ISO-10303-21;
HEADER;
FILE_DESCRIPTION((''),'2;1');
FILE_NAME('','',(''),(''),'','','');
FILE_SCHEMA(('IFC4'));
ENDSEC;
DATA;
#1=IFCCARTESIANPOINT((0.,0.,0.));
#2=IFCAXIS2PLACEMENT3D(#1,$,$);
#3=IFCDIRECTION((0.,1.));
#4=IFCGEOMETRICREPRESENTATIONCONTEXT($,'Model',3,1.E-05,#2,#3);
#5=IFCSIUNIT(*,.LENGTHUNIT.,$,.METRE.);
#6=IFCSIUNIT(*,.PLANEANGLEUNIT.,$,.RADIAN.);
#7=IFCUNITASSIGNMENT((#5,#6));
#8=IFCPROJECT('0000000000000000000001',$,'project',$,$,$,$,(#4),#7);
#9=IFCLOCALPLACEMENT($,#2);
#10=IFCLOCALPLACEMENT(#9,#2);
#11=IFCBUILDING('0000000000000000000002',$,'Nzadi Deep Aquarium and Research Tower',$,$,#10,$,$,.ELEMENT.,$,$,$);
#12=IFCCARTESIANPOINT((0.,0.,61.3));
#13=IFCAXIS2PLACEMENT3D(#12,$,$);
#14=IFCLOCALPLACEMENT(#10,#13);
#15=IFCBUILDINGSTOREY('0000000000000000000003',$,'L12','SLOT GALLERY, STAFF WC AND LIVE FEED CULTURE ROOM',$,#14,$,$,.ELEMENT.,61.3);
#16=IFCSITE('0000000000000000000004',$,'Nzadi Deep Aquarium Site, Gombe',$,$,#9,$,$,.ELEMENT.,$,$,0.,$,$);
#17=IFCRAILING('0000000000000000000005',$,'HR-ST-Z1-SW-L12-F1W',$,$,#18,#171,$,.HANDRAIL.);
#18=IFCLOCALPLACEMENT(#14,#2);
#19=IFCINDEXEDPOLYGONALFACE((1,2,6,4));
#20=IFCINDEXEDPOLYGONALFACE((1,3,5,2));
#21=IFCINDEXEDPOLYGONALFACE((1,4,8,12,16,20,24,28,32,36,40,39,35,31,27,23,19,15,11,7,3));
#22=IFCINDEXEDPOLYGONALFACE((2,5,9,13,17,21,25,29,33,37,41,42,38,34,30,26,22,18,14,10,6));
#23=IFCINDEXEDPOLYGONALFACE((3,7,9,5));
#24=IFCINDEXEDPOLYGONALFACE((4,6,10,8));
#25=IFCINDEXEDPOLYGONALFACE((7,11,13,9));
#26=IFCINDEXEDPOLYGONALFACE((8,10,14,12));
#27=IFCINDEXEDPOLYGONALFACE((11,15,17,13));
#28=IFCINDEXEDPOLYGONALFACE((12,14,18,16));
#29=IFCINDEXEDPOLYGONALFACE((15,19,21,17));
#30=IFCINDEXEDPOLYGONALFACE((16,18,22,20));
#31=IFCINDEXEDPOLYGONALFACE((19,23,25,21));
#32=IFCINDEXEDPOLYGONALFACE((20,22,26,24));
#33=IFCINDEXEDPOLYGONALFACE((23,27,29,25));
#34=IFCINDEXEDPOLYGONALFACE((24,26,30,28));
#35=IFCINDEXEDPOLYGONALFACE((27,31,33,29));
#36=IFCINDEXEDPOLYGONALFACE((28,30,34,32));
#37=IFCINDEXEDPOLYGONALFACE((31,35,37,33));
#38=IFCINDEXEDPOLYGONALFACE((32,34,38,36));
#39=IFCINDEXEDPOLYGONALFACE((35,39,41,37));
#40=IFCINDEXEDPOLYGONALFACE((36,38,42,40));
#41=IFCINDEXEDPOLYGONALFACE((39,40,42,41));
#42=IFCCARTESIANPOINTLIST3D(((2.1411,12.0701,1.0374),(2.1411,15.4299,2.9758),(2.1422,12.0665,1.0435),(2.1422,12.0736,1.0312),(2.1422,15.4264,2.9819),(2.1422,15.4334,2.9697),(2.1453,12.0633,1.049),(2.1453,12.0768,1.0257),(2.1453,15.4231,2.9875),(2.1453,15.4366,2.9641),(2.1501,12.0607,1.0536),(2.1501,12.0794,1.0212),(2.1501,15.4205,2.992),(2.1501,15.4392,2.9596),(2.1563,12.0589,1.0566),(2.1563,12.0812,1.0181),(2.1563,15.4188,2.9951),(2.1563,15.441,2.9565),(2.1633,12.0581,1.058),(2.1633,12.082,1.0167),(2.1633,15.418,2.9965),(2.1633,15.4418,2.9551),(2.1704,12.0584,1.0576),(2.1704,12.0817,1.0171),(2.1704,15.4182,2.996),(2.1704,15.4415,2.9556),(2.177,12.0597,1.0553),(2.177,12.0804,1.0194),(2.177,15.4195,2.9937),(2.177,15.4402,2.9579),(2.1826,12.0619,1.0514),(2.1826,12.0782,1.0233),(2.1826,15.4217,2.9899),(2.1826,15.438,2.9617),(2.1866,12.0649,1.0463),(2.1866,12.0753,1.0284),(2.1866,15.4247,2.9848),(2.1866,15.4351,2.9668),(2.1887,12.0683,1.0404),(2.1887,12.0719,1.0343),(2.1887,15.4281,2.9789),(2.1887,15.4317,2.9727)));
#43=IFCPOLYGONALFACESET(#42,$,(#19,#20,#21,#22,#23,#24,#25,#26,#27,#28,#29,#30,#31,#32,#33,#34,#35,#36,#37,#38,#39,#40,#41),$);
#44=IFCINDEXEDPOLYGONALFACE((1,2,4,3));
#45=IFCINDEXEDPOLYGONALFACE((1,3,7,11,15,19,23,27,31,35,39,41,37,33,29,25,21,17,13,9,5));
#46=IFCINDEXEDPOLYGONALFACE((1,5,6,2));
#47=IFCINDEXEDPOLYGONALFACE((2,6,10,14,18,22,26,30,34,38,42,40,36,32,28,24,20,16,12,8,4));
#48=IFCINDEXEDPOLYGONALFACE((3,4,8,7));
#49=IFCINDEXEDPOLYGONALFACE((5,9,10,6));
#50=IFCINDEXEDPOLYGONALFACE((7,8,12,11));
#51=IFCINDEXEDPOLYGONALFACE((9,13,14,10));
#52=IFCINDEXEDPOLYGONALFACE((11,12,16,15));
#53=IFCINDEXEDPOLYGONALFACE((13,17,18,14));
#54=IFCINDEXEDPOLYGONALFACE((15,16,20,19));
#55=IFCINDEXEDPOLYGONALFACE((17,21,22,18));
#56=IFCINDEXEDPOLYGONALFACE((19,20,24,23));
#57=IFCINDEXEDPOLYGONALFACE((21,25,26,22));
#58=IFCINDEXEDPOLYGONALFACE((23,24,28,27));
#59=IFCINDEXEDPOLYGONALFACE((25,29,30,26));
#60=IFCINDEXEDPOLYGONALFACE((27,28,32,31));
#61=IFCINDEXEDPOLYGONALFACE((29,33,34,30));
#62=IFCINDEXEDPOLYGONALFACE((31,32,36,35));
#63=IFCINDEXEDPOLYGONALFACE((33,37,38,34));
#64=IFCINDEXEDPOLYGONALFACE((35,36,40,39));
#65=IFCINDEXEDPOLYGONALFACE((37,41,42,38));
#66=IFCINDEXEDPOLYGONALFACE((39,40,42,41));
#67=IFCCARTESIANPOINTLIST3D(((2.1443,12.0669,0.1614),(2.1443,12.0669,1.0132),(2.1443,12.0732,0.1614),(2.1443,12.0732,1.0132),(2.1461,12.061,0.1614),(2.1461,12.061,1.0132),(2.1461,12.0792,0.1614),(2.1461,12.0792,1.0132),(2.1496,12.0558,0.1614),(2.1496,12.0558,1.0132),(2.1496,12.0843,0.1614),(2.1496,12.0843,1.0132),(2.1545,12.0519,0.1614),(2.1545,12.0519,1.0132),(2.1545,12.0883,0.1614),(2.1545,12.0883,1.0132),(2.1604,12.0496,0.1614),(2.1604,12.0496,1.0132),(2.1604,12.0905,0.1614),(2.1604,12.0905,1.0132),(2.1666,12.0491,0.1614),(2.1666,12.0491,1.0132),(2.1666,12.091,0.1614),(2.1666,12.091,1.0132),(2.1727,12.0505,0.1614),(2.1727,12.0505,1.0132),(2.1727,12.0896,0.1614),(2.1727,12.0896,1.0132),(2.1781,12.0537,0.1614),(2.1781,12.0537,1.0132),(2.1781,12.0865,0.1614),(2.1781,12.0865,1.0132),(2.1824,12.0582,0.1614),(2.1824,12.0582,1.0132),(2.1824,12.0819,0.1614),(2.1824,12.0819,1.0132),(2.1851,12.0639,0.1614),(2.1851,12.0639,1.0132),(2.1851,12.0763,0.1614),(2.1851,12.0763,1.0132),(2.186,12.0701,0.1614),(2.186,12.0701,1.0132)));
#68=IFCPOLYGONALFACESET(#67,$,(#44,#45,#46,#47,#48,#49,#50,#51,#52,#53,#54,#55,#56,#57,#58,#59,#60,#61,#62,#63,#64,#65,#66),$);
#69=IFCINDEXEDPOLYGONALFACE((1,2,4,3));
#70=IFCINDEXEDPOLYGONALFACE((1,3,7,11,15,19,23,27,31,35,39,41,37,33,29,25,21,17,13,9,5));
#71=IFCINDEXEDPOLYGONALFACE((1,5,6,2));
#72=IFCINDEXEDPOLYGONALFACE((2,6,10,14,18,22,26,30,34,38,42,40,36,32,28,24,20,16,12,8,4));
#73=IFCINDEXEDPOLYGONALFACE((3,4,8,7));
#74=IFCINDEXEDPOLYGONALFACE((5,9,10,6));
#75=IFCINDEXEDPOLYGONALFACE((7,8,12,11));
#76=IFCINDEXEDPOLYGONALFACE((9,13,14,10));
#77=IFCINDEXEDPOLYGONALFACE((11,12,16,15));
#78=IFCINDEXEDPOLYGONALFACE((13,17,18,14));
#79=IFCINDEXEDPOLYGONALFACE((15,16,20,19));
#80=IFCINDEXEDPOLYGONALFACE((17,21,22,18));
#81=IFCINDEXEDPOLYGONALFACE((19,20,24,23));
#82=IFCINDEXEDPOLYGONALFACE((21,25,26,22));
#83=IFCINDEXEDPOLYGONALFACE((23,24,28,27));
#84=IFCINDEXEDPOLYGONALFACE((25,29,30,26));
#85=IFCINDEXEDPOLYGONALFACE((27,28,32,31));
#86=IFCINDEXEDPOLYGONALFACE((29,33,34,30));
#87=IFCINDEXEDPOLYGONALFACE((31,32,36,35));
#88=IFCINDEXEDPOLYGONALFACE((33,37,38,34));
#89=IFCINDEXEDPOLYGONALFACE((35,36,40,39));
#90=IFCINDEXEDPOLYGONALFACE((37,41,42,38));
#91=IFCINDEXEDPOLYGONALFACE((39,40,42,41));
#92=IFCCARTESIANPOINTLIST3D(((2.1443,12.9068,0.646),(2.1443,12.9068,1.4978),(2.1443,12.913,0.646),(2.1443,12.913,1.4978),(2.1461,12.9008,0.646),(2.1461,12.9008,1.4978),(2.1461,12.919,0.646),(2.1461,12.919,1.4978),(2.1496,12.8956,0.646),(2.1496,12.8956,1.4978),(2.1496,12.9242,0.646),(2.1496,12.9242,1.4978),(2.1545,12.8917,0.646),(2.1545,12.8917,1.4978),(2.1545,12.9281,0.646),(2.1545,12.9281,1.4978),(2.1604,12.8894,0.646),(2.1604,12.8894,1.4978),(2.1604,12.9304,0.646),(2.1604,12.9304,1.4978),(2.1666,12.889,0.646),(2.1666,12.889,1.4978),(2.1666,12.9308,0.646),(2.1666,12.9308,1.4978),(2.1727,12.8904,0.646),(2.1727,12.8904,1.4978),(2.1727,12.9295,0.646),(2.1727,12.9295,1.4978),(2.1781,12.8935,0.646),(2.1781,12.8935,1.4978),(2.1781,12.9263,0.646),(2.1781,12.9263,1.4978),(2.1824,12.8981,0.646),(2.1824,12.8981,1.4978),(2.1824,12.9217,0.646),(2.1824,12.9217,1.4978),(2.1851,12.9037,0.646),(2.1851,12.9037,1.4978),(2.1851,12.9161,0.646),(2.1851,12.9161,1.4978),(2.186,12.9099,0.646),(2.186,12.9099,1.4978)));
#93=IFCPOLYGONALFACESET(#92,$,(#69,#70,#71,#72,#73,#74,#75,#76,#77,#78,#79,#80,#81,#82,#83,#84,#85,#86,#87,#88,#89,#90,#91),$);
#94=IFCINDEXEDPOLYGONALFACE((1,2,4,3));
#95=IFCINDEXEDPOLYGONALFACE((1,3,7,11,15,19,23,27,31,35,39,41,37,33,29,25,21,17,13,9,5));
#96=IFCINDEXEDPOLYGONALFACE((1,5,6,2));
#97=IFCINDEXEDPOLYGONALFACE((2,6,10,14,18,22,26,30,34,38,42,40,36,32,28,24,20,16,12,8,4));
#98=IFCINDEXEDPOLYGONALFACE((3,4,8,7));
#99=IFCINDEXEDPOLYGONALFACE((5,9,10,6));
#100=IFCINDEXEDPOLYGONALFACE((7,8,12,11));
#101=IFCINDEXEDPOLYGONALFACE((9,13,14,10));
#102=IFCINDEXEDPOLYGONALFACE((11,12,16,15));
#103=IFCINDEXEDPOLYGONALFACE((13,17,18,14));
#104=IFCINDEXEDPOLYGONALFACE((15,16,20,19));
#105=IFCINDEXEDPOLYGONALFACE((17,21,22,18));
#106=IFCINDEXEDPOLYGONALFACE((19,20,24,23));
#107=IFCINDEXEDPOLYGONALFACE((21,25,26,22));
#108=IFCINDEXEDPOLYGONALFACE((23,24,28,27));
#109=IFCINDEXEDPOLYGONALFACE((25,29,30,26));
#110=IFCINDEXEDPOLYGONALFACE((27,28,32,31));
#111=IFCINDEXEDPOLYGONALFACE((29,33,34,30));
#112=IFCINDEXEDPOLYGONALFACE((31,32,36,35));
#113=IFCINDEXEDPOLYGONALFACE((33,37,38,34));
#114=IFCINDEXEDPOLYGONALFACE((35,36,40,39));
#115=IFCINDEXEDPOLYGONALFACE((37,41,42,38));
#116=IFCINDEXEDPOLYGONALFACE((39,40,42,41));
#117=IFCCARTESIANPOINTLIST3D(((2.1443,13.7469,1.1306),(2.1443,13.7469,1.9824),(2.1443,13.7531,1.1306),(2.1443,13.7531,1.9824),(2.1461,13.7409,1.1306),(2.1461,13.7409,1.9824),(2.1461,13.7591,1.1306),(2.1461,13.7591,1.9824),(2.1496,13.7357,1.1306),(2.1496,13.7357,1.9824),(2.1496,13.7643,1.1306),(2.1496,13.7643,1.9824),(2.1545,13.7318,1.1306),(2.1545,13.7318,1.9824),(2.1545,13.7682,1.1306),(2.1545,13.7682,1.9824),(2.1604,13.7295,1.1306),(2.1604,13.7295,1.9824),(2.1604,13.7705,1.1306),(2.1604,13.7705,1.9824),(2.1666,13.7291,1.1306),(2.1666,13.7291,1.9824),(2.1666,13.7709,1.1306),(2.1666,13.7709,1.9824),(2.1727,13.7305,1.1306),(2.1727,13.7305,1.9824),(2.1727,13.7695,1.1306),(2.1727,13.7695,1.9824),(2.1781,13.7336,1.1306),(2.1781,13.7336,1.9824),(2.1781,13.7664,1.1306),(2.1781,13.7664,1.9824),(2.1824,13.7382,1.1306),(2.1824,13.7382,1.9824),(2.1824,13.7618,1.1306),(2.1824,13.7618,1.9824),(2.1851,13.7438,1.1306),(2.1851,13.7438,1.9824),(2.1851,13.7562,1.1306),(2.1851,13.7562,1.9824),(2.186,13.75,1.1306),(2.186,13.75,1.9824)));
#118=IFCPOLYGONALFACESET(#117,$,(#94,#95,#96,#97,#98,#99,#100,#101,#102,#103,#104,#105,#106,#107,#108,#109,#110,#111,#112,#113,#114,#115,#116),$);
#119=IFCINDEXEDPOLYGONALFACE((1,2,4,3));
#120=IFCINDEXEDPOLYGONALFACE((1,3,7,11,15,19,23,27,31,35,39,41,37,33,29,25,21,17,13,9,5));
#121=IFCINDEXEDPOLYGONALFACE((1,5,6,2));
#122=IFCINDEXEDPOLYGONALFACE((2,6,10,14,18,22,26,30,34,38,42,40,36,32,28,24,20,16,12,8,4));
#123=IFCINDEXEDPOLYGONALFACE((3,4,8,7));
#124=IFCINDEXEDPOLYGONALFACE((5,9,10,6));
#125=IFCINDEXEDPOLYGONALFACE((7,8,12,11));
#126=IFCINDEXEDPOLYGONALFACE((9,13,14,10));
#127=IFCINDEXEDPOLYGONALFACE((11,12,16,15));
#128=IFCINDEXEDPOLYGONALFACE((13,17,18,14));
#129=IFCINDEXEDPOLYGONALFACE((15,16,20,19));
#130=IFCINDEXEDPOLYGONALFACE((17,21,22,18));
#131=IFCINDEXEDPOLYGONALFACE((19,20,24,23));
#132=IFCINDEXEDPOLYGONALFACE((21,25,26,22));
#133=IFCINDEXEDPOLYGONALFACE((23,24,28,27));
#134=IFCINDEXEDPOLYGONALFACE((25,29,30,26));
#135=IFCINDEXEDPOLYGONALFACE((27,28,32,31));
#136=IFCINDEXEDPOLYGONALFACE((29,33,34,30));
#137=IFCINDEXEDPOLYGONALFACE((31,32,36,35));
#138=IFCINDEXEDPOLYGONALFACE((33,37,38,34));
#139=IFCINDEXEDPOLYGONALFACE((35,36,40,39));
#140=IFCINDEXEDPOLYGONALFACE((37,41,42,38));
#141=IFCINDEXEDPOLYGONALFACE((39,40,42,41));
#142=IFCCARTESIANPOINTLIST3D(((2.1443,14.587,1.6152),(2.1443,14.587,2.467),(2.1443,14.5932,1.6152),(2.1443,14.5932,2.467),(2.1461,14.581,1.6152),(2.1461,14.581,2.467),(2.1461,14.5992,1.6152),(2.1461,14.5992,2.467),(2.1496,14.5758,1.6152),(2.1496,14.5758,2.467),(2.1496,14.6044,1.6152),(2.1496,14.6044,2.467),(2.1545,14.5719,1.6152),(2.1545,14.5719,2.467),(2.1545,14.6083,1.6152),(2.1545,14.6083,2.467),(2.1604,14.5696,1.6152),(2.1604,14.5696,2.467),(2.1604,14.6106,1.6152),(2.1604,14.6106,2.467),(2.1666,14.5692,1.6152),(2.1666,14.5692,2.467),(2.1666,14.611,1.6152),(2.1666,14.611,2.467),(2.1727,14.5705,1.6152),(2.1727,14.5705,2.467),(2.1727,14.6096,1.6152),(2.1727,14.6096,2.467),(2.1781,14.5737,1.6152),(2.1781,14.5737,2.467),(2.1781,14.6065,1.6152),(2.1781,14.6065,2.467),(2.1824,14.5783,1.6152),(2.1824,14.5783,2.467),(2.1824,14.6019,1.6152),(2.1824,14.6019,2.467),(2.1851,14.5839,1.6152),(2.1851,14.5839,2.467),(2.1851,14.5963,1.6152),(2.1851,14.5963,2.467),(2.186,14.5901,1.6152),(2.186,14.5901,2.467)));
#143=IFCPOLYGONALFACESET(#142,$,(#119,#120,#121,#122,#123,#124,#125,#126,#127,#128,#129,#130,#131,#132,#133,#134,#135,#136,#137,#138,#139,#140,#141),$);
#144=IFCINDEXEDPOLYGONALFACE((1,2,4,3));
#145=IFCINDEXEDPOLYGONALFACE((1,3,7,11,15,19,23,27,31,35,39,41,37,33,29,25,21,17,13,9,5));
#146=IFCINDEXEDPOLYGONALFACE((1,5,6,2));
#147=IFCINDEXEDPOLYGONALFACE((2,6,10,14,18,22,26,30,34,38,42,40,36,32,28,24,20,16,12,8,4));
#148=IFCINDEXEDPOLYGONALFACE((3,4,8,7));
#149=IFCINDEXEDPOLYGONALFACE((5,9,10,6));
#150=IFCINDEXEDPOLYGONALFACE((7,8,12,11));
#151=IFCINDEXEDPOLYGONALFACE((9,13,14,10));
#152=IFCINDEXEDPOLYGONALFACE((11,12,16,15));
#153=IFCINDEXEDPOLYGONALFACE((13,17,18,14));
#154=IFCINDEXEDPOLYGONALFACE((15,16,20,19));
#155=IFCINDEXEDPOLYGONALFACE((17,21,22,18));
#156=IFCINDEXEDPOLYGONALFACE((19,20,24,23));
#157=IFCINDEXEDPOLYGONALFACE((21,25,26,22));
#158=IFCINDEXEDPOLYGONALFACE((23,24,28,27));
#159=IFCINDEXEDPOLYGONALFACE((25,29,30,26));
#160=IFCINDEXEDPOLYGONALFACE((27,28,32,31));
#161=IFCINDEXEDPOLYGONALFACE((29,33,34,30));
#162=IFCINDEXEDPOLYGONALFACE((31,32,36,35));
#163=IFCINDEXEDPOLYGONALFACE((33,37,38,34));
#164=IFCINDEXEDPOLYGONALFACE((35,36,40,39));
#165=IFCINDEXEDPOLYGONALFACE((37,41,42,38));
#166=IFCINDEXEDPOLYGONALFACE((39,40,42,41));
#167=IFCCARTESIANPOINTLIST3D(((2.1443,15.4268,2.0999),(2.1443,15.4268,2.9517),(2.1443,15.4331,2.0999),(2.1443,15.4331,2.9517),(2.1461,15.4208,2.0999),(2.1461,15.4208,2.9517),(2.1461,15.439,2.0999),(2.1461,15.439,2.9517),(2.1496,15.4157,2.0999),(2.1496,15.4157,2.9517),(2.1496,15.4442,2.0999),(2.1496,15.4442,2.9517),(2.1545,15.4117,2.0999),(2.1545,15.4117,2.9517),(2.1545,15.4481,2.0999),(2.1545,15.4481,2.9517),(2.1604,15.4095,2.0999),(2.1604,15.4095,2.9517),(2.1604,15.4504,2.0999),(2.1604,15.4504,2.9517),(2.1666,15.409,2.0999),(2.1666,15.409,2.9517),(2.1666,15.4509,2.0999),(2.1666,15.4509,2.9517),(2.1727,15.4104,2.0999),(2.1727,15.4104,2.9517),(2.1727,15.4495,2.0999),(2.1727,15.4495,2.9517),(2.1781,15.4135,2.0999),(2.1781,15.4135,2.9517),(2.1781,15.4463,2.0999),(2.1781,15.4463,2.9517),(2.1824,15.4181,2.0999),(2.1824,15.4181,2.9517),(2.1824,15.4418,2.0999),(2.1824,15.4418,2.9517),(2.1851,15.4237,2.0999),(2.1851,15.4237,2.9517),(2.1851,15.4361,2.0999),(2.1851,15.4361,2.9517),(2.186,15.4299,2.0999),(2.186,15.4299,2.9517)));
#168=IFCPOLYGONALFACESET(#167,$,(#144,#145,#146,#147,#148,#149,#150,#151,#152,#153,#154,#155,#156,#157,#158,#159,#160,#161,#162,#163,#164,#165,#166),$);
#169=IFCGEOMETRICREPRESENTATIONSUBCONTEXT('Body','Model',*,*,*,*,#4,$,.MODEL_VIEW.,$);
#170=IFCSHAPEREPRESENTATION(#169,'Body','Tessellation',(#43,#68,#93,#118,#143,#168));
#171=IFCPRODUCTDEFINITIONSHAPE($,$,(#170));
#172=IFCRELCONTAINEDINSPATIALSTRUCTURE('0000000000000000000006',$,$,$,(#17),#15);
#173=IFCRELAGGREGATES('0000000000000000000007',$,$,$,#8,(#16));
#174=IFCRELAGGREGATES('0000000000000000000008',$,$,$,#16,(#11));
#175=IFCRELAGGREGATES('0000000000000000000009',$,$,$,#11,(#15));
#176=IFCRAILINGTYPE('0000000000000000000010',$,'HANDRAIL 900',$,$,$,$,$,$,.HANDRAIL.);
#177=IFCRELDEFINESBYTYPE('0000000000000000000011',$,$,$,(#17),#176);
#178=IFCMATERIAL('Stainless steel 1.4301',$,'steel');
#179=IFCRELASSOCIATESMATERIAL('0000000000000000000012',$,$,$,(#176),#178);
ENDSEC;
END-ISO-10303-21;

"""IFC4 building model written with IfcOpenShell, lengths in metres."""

from ifc_helpers import new_model, si_unit, direction, frame, origin, origin_2d, place, context, subcontext, project, spatial, circle, extrude, material, type_object, element, save


model = new_model("IFC4")

# Units and contexts
model_context = context("Model", 3, precision=1e-05, world=origin(), true_north=direction((0.0, 1.0)))
body_context = subcontext(model_context, "Body", "Model", "MODEL_VIEW")
ifc_project = project(units=[si_unit("LENGTHUNIT", "METRE"), si_unit("PLANEANGLEUNIT", "RADIAN")], contexts=[model_context])

# Site, building, storey
site_placement = place(None, origin())
site = spatial("IfcSite", under=ifc_project, at=site_placement, Name="Nzadi Deep Aquarium Site, Gombe", CompositionType="ELEMENT", RefElevation=0.0)
building_placement = place(site_placement, origin())
building = spatial("IfcBuilding", under=site, at=building_placement, Name="Nzadi Deep Aquarium and Research Tower", CompositionType="ELEMENT")
storey_placement = place(building_placement, frame((0.0, 0.0, 61.3)))
storey = spatial("IfcBuildingStorey", under=building, at=storey_placement, Name="L12", Description="SLOT GALLERY, STAFF WC AND LIVE FEED CULTURE ROOM", CompositionType="ELEMENT", Elevation=61.3)

# Railing
ifc_material_1 = material(Name="Stainless steel 1.4301", Category="steel")
railing_type = type_object("IfcRailingType", Name="HANDRAIL 900", PredefinedType="HANDRAIL", material=ifc_material_1)
for number, where, name in (
    (1, (2.165, 12.0701, 0.1614), "HR-ST-Z1-SW-L12-F1W"),
):
    element("IfcRailing", number, at=place(storey_placement, frame(where)), inside=storey, type_object=railing_type, Name=name, PredefinedType="HANDRAIL", context=body_context, shape_type="SweptSolid", body=[
        extrude(circle(Radius=0.0239, at=origin_2d()), frame((0.0, 0.0, 0.876), z_axis=(0.0, 0.866175, 0.499741), x_axis=(-1.0, 0.0, 0.0)), (0.0, 0.0, 1.0), 3.8789),
        extrude(circle(Radius=0.021, at=origin_2d()), origin(), (0.0, 0.0, 1.0), 0.8518),
        extrude(circle(Radius=0.021, at=origin_2d()), frame((0.0, 0.8398, 0.4846)), (0.0, 0.0, 1.0), 0.8518),
        extrude(circle(Radius=0.021, at=origin_2d()), frame((0.0, 1.6799, 0.9692)), (0.0, 0.0, 1.0), 0.8518),
        extrude(circle(Radius=0.021, at=origin_2d()), frame((0.0, 2.52, 1.4539)), (0.0, 0.0, 1.0), 0.8518),
        extrude(circle(Radius=0.021, at=origin_2d()), frame((0.0, 3.3599, 1.9385)), (0.0, 0.0, 1.0), 0.8518),
    ])

save(model, "model.ifc")
